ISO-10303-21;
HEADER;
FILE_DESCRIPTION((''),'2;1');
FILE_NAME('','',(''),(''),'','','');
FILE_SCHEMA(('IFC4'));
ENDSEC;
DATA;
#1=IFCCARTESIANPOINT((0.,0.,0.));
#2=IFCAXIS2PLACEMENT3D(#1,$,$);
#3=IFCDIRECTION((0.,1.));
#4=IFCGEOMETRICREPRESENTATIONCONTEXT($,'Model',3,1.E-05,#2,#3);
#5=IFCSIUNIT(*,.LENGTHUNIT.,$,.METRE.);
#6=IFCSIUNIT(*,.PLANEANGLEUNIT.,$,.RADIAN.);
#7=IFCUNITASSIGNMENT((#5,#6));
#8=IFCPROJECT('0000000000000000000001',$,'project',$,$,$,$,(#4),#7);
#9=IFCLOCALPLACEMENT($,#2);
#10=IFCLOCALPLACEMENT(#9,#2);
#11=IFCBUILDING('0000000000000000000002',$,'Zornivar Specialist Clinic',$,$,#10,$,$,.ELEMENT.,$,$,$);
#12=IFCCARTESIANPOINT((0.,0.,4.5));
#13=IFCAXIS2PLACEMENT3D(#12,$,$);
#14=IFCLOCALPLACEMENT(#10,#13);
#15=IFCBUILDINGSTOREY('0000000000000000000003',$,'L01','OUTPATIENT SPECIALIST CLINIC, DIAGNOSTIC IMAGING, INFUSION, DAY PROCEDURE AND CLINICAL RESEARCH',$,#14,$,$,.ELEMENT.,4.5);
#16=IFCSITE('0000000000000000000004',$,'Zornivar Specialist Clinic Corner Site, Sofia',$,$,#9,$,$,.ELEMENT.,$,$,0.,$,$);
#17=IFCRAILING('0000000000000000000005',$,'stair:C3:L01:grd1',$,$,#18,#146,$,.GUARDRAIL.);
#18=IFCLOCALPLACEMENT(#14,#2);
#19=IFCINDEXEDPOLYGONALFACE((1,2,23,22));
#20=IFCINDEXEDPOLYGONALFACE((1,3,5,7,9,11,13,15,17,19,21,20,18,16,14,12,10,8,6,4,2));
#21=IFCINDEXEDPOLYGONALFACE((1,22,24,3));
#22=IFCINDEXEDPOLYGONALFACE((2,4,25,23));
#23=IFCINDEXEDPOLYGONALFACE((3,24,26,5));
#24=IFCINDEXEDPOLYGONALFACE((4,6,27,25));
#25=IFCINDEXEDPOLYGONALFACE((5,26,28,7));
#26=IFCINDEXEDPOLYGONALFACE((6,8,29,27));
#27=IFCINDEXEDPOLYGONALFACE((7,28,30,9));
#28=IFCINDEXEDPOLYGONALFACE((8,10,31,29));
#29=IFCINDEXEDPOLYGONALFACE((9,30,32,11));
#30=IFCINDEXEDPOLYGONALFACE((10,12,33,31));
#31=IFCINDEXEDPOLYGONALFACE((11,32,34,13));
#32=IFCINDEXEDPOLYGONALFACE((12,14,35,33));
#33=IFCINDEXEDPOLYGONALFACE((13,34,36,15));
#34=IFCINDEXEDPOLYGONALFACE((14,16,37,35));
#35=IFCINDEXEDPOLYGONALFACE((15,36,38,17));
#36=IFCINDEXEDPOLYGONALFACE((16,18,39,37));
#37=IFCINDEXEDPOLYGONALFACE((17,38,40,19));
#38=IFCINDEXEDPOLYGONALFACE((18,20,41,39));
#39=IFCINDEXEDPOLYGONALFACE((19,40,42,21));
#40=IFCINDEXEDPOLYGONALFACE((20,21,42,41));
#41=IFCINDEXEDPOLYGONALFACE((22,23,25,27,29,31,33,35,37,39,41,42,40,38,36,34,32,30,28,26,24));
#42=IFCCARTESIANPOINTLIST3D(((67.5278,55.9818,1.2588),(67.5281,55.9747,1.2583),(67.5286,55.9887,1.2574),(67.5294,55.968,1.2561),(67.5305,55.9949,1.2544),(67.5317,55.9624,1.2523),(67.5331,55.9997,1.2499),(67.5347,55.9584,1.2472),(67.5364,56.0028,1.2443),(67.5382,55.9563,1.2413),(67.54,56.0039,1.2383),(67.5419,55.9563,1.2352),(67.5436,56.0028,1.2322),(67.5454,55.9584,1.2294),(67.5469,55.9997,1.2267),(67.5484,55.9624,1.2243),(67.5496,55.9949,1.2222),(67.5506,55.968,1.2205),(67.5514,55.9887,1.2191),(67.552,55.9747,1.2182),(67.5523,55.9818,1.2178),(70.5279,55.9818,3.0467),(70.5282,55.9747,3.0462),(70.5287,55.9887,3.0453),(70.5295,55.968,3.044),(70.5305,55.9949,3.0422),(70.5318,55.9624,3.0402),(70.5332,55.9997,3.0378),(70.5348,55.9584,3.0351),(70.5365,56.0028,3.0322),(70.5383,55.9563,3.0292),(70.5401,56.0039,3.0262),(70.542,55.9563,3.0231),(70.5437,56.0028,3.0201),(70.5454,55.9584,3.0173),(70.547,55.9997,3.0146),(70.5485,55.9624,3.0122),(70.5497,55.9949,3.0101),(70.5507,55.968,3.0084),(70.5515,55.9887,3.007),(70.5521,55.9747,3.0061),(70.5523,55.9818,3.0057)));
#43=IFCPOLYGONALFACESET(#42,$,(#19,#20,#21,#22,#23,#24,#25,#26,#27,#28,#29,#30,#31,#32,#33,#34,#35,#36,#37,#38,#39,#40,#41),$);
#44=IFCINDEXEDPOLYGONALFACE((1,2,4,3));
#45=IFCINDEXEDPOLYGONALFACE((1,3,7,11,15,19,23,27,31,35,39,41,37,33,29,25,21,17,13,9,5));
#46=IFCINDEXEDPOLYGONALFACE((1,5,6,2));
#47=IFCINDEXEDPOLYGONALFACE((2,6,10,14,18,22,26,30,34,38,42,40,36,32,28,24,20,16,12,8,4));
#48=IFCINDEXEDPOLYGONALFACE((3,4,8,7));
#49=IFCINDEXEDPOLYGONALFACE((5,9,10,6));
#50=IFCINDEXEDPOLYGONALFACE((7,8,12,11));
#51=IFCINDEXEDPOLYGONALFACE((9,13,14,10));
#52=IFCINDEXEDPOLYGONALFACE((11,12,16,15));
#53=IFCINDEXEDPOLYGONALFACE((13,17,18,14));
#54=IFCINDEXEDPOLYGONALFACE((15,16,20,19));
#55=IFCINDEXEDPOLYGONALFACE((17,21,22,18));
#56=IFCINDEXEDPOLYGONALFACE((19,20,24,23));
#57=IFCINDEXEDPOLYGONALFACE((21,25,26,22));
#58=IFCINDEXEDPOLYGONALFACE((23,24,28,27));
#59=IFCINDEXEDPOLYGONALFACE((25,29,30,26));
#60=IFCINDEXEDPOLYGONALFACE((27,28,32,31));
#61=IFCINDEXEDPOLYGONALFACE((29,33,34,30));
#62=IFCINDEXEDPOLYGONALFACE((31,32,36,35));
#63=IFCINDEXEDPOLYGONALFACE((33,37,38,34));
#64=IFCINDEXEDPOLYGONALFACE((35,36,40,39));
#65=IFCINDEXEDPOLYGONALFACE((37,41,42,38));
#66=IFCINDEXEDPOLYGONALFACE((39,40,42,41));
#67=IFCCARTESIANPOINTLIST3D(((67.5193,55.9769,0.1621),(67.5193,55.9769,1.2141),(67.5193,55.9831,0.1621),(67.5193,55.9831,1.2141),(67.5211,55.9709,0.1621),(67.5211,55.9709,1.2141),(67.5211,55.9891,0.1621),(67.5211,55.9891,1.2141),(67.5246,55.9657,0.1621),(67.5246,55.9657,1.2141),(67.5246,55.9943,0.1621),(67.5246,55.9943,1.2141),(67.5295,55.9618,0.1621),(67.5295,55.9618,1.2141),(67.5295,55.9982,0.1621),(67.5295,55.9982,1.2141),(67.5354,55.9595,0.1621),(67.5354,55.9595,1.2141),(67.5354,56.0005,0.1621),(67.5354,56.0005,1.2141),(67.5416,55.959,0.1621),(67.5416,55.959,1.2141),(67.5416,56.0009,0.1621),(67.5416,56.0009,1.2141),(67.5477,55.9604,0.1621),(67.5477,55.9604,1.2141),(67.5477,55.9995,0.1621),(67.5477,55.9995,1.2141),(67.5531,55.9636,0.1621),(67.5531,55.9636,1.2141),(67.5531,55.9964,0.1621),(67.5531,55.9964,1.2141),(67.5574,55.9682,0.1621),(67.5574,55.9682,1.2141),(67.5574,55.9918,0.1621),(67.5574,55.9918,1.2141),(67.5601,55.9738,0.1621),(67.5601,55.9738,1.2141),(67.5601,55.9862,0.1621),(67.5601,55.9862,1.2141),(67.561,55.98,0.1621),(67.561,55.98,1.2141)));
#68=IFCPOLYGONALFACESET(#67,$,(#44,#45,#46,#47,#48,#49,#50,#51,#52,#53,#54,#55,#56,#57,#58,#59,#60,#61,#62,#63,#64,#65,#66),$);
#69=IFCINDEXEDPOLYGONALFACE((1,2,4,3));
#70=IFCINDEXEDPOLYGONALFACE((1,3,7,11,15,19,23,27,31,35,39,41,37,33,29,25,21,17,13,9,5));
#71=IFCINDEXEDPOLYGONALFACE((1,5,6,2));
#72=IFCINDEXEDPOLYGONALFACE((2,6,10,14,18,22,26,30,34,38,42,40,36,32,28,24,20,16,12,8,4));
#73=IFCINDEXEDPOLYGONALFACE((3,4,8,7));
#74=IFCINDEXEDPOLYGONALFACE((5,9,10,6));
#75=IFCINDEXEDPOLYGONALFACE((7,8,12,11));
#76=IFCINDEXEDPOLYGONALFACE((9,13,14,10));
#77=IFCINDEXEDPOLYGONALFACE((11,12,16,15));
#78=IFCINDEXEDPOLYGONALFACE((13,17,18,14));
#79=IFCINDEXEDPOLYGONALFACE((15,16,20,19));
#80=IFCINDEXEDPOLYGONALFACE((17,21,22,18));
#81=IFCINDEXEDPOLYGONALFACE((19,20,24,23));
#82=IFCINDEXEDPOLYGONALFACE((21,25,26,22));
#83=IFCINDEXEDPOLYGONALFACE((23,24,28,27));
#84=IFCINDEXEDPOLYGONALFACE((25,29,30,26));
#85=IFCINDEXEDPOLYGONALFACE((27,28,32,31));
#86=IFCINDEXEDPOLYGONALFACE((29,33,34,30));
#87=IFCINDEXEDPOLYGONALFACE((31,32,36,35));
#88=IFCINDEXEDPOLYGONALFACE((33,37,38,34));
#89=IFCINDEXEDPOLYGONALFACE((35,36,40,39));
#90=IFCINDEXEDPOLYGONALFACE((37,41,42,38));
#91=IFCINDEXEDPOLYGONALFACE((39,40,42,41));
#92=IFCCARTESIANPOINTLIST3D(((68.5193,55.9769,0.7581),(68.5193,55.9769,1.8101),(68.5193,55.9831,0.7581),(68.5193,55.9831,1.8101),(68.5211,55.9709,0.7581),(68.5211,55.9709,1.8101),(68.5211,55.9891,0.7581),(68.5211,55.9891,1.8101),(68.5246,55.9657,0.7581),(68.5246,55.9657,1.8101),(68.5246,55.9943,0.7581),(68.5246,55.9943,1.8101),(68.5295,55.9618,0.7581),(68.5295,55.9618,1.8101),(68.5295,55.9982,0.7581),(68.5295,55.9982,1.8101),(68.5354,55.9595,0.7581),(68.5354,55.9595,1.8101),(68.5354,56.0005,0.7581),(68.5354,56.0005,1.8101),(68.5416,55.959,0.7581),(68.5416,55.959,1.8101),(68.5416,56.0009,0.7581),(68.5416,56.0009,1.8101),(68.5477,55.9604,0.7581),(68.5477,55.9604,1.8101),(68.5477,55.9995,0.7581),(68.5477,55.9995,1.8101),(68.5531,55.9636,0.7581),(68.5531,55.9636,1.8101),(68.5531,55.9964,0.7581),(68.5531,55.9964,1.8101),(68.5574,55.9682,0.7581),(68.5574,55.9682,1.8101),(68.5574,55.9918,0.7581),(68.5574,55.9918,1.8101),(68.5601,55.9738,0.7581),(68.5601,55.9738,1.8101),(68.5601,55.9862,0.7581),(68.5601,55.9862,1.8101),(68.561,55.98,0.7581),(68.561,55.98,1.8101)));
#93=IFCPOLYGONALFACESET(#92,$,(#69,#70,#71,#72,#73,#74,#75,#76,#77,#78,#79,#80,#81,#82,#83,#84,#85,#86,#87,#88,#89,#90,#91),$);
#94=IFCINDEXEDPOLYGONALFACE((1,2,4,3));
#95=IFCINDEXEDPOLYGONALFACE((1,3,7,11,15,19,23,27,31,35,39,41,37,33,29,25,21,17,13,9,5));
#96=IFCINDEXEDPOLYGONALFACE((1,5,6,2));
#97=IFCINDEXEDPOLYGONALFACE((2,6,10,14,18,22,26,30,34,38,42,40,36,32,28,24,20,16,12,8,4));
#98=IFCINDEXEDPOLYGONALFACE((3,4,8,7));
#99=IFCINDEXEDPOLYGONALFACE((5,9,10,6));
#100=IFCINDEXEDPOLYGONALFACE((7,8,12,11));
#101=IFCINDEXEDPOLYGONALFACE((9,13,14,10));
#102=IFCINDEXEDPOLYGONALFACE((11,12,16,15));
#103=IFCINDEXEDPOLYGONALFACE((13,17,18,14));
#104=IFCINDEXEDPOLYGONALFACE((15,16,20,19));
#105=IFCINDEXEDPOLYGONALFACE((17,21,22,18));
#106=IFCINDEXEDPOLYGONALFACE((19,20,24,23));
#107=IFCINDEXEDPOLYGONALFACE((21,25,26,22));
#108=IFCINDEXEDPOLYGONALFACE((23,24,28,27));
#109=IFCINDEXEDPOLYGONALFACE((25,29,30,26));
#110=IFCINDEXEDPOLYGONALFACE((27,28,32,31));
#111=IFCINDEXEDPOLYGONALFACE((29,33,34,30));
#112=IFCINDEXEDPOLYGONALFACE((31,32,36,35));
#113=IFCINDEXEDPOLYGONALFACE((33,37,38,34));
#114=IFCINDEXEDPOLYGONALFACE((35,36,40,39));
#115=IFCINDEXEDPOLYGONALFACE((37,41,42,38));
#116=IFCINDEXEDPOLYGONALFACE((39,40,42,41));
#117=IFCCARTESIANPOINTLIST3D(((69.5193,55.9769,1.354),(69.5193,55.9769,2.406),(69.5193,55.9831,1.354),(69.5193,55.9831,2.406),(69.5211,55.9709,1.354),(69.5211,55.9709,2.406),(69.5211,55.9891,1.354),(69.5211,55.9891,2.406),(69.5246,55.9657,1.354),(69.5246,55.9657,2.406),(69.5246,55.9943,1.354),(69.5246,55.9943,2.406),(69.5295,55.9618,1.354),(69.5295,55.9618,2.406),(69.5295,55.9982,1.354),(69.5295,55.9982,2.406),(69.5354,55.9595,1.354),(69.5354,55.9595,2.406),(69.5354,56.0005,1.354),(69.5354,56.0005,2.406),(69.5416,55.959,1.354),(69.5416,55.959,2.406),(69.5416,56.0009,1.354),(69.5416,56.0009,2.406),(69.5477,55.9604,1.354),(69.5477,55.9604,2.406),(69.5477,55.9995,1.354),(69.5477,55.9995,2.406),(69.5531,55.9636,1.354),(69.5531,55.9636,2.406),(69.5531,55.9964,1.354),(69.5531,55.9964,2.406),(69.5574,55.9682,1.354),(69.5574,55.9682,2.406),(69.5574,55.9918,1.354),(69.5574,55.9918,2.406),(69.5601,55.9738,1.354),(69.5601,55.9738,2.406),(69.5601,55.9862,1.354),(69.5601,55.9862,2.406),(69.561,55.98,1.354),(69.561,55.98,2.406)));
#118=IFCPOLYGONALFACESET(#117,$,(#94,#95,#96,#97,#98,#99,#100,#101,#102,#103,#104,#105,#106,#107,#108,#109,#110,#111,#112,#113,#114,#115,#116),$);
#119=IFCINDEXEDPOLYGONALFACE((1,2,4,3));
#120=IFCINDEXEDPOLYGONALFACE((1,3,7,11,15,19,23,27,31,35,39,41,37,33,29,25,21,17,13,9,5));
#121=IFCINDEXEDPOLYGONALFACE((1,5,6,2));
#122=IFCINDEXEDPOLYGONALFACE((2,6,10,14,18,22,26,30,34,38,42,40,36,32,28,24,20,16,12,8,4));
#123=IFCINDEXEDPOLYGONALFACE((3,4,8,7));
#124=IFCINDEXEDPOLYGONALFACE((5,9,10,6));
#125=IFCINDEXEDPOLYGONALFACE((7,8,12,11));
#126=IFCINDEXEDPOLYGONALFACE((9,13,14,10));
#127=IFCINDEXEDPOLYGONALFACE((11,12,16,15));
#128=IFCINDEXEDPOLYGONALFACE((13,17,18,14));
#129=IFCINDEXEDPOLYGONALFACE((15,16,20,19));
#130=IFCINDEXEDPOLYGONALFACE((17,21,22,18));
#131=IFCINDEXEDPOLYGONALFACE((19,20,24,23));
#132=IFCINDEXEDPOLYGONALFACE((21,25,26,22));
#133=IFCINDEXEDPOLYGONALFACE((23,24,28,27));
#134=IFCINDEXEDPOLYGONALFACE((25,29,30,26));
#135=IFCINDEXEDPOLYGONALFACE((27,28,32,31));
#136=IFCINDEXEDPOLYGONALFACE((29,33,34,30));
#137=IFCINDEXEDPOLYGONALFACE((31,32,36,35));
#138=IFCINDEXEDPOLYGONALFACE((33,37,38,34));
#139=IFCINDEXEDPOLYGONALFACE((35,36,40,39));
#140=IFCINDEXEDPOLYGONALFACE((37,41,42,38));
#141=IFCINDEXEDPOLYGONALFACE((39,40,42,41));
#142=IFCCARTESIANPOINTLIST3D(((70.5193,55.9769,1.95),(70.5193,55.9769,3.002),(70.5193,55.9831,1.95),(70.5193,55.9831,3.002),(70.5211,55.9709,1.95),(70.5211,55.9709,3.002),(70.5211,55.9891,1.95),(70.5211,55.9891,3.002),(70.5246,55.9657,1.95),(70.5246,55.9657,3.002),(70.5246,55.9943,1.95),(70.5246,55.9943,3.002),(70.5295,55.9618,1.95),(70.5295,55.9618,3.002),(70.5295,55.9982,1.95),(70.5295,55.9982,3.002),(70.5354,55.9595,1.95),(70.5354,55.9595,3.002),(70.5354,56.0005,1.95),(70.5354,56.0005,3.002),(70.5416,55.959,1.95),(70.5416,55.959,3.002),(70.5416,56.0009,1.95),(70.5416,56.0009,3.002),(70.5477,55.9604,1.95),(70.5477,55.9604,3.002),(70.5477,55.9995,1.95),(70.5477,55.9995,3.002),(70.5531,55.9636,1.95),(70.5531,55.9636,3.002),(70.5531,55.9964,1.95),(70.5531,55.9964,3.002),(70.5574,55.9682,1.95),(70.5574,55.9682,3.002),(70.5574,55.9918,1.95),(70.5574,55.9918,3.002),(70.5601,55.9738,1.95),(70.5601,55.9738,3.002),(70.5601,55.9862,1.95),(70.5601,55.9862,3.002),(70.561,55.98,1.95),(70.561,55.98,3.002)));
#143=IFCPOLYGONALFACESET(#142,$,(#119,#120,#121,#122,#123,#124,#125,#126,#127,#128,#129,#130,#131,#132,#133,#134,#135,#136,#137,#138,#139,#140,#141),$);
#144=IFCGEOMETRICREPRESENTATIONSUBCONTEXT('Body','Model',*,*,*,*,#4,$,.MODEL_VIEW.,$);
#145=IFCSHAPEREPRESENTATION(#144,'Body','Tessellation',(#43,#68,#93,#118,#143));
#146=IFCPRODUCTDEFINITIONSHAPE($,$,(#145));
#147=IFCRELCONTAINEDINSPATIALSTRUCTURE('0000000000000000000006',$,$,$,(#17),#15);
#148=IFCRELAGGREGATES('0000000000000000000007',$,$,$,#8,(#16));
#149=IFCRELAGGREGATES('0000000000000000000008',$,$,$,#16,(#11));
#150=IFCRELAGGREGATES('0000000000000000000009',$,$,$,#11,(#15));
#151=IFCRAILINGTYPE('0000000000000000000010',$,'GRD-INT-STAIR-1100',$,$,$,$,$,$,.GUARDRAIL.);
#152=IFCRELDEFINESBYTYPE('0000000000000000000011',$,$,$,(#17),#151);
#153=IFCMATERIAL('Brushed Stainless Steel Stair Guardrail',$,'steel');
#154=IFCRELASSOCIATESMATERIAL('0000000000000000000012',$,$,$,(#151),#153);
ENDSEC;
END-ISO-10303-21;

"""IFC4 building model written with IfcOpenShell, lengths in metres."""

from ifc_helpers import new_model, si_unit, direction, frame, origin, origin_2d, place, context, subcontext, project, spatial, circle, extrude, material, type_object, element, save


model = new_model("IFC4")

# Units and contexts
model_context = context("Model", 3, precision=1e-05, world=origin(), true_north=direction((0.0, 1.0)))
body_context = subcontext(model_context, "Body", "Model", "MODEL_VIEW")
ifc_project = project(units=[si_unit("LENGTHUNIT", "METRE"), si_unit("PLANEANGLEUNIT", "RADIAN")], contexts=[model_context])

# Site, building, storey
site_placement = place(None, origin())
site = spatial("IfcSite", under=ifc_project, at=site_placement, Name="Zornivar Specialist Clinic Corner Site, Sofia", CompositionType="ELEMENT", RefElevation=0.0)
building_placement = place(site_placement, origin())
building = spatial("IfcBuilding", under=site, at=building_placement, Name="Zornivar Specialist Clinic", CompositionType="ELEMENT")
storey_placement = place(building_placement, frame((0.0, 0.0, 4.5)))
storey = spatial("IfcBuildingStorey", under=building, at=storey_placement, Name="L01", Description="OUTPATIENT SPECIALIST CLINIC, DIAGNOSTIC IMAGING, INFUSION, DAY PROCEDURE AND CLINICAL RESEARCH", CompositionType="ELEMENT", Elevation=4.5)

# Railing
ifc_material_1 = material(Name="Brushed Stainless Steel Stair Guardrail", Category="steel")
railing_type_1 = type_object("IfcRailingType", Name="GRD-INT-STAIR-1100", PredefinedType="GUARDRAIL", material=ifc_material_1)
railing_1_placement = place(storey_placement, frame((67.54, 55.98, 0.1621)))
element("IfcRailing", 1, at=railing_1_placement, inside=storey, type_object=railing_type_1, Name="stair:C3:L01:grd1", PredefinedType="GUARDRAIL", context=body_context, shape_type="SweptSolid", body=[
    extrude(circle(Radius=0.0239, at=origin_2d()), frame((0.0, 0.0, 1.0762), z_axis=(0.859025, 0.0, 0.511934), x_axis=(0.0, 1.0, 0.0)), (0.0, 0.0, 1.0), 3.4924),
    extrude(circle(Radius=0.021, at=origin_2d()), origin(), (0.0, 0.0, 1.0), 1.052),
    extrude(circle(Radius=0.021, at=origin_2d()), frame((1.0, 0.0, 0.5959)), (0.0, 0.0, 1.0), 1.052),
    extrude(circle(Radius=0.021, at=origin_2d()), frame((2.0, 0.0, 1.1919)), (0.0, 0.0, 1.0), 1.052),
    extrude(circle(Radius=0.021, at=origin_2d()), frame((3.0, 0.0, 1.7878)), (0.0, 0.0, 1.0), 1.052),
])

save(model, "model.ifc")
